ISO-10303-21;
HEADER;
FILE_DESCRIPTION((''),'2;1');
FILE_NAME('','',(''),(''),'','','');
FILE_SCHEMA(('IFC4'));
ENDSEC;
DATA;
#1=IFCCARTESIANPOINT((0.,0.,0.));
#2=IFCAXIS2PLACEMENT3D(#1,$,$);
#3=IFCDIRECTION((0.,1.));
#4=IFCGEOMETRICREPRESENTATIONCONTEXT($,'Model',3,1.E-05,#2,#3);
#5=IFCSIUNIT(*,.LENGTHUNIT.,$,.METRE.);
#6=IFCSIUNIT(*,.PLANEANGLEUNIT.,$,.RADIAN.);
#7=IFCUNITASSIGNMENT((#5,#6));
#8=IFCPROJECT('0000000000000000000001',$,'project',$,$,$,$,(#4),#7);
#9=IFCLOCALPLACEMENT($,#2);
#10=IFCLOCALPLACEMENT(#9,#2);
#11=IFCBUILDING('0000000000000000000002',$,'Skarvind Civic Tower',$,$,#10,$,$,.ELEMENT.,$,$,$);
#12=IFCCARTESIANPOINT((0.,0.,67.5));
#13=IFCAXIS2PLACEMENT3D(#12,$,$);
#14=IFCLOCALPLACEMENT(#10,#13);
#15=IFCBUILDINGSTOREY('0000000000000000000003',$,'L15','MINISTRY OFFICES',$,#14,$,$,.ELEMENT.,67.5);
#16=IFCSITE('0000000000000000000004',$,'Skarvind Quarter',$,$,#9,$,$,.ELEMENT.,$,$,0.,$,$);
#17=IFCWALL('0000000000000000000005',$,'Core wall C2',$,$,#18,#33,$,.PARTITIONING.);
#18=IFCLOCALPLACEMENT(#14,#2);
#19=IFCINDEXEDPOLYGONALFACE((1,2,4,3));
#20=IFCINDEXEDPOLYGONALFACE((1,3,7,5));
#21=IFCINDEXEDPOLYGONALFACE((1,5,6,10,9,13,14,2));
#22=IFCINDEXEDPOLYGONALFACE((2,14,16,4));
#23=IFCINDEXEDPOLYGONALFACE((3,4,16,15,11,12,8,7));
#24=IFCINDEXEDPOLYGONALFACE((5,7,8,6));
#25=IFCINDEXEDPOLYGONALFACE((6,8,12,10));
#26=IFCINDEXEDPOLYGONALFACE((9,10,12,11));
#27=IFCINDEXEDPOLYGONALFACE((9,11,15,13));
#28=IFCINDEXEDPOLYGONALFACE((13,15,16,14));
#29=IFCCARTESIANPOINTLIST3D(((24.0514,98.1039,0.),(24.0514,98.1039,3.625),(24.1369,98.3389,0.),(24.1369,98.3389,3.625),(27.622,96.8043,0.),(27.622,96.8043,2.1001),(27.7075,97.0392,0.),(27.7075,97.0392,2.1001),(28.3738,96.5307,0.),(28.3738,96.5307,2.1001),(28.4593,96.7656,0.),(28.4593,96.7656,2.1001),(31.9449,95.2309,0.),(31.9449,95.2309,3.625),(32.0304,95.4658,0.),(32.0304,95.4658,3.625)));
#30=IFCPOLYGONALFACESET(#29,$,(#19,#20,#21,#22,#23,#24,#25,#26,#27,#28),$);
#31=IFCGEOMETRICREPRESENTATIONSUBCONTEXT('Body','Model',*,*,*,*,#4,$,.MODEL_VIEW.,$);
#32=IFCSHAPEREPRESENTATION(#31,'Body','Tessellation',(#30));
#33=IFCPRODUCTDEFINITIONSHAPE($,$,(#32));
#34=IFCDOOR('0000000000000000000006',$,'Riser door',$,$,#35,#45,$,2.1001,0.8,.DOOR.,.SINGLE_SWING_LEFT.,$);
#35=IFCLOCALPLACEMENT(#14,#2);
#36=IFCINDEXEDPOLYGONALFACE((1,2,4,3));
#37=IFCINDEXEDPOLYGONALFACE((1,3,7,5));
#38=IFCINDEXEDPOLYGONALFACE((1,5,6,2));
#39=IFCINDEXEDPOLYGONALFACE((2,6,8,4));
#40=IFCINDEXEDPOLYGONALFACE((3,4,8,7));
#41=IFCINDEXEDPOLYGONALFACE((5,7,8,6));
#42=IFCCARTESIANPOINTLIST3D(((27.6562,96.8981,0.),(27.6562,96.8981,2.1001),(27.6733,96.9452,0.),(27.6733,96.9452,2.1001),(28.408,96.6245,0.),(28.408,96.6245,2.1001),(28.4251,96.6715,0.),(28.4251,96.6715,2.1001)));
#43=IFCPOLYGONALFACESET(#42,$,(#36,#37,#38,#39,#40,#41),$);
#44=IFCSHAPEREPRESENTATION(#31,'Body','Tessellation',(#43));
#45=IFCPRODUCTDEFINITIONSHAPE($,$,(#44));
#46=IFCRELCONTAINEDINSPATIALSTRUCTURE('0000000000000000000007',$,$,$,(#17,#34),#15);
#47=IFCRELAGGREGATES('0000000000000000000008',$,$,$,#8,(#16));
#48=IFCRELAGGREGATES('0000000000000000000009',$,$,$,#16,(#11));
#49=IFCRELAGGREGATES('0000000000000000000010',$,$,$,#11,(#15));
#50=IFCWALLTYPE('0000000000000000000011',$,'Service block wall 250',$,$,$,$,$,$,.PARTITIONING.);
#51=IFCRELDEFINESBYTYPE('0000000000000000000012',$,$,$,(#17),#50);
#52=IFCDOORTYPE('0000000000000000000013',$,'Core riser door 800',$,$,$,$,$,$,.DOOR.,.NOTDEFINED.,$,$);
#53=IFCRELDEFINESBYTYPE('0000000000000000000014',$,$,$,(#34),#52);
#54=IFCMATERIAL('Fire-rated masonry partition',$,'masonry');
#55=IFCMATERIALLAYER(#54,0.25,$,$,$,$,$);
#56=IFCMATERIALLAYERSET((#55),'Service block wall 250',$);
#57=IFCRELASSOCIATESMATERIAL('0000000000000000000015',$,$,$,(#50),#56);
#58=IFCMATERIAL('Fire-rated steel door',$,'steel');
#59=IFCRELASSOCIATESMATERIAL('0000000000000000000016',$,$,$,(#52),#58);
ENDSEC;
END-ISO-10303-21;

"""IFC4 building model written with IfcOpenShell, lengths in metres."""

from ifc_helpers import new_model, si_unit, direction, frame, frame_2d, origin, place, context, subcontext, project, spatial, rectangle, extrude, material, layer, layer_set, type_object, element, fill, save


model = new_model("IFC4")

# Units and contexts
model_context = context("Model", 3, precision=1e-05, world=origin(), true_north=direction((0.0, 1.0)))
body_context = subcontext(model_context, "Body", "Model", "MODEL_VIEW")
ifc_project = project(units=[si_unit("LENGTHUNIT", "METRE"), si_unit("PLANEANGLEUNIT", "RADIAN")], contexts=[model_context])

# Site, building, storey
site_placement = place(None, origin())
site = spatial("IfcSite", under=ifc_project, at=site_placement, Name="Skarvind Quarter", CompositionType="ELEMENT", RefElevation=0.0)
building_placement = place(site_placement, origin())
building = spatial("IfcBuilding", under=site, at=building_placement, Name="Skarvind Civic Tower", CompositionType="ELEMENT")
storey_placement = place(building_placement, frame((0.0, 0.0, 67.5)))
storey = spatial("IfcBuildingStorey", under=building, at=storey_placement, Name="L15", Description="MINISTRY OFFICES", CompositionType="ELEMENT", Elevation=67.5)

# Wall, opening, door
ifc_material_1 = material(Name="Fire-rated masonry partition", Category="masonry")
ifc_layer_1 = layer(ifc_material_1, 0.25)
ifc_layer_set_1 = layer_set([ifc_layer_1], Name="Service block wall 250")
wall_type_1 = type_object("IfcWallType", Name="Service block wall 250", PredefinedType="PARTITIONING", material=ifc_layer_set_1)
wall_1_placement = place(storey_placement, frame((24.094, 98.2214, 0.0), z_axis=(0.0, 0.0, 1.0), x_axis=(0.939692, -0.342023, 0.0)))
wall_1 = element("IfcWall", 1, at=wall_1_placement, inside=storey, type_object=wall_type_1, Name="Core wall C2", PredefinedType="PARTITIONING", context=body_context, shape_type="SweptSolid", body=[
    extrude(rectangle(XDim=8.4001, YDim=0.25, at=frame_2d((4.2002, 0.0))), origin(), (0.0, 0.0, 1.0), 3.625),
])
opening_1_placement = place(wall_1_placement, frame((3.8, 0.0, 0.0)))
opening_1 = element("IfcOpeningElement", 2, at=opening_1_placement, cuts=wall_1, PredefinedType="OPENING", context=body_context, shape_type="SweptSolid", body=[
    extrude(rectangle(XDim=0.8, YDim=2.1001, at=frame_2d((0.3999, 1.05))), frame((0.0, 0.135, 0.0), z_axis=(0.0, -1.0, 0.0), x_axis=(1.0, 0.0, 0.0)), (0.0, 0.0, 1.0), 0.27),
])
ifc_material_2 = material(Name="Fire-rated steel door", Category="steel")
door_type_1 = type_object("IfcDoorType", Name="Core riser door 800", OperationType="NOTDEFINED", PredefinedType="DOOR", material=ifc_material_2)
door_1_placement = place(opening_1_placement, origin())
door_1 = element("IfcDoor", 3, at=door_1_placement, inside=storey, type_object=door_type_1, Name="Riser door", OperationType="SINGLE_SWING_LEFT", OverallHeight=2.1001, OverallWidth=0.8, PredefinedType="DOOR", context=body_context, shape_type="SweptSolid", body=[
    extrude(rectangle(XDim=0.8, YDim=2.1001, at=frame_2d((0.3999, 1.05))), frame((0.0, 0.0249, 0.0), z_axis=(0.0, -1.0, 0.0), x_axis=(1.0, 0.0, 0.0)), (0.0, 0.0, 1.0), 0.05),
])
fill(opening_1, door_1)

save(model, "model.ifc")
